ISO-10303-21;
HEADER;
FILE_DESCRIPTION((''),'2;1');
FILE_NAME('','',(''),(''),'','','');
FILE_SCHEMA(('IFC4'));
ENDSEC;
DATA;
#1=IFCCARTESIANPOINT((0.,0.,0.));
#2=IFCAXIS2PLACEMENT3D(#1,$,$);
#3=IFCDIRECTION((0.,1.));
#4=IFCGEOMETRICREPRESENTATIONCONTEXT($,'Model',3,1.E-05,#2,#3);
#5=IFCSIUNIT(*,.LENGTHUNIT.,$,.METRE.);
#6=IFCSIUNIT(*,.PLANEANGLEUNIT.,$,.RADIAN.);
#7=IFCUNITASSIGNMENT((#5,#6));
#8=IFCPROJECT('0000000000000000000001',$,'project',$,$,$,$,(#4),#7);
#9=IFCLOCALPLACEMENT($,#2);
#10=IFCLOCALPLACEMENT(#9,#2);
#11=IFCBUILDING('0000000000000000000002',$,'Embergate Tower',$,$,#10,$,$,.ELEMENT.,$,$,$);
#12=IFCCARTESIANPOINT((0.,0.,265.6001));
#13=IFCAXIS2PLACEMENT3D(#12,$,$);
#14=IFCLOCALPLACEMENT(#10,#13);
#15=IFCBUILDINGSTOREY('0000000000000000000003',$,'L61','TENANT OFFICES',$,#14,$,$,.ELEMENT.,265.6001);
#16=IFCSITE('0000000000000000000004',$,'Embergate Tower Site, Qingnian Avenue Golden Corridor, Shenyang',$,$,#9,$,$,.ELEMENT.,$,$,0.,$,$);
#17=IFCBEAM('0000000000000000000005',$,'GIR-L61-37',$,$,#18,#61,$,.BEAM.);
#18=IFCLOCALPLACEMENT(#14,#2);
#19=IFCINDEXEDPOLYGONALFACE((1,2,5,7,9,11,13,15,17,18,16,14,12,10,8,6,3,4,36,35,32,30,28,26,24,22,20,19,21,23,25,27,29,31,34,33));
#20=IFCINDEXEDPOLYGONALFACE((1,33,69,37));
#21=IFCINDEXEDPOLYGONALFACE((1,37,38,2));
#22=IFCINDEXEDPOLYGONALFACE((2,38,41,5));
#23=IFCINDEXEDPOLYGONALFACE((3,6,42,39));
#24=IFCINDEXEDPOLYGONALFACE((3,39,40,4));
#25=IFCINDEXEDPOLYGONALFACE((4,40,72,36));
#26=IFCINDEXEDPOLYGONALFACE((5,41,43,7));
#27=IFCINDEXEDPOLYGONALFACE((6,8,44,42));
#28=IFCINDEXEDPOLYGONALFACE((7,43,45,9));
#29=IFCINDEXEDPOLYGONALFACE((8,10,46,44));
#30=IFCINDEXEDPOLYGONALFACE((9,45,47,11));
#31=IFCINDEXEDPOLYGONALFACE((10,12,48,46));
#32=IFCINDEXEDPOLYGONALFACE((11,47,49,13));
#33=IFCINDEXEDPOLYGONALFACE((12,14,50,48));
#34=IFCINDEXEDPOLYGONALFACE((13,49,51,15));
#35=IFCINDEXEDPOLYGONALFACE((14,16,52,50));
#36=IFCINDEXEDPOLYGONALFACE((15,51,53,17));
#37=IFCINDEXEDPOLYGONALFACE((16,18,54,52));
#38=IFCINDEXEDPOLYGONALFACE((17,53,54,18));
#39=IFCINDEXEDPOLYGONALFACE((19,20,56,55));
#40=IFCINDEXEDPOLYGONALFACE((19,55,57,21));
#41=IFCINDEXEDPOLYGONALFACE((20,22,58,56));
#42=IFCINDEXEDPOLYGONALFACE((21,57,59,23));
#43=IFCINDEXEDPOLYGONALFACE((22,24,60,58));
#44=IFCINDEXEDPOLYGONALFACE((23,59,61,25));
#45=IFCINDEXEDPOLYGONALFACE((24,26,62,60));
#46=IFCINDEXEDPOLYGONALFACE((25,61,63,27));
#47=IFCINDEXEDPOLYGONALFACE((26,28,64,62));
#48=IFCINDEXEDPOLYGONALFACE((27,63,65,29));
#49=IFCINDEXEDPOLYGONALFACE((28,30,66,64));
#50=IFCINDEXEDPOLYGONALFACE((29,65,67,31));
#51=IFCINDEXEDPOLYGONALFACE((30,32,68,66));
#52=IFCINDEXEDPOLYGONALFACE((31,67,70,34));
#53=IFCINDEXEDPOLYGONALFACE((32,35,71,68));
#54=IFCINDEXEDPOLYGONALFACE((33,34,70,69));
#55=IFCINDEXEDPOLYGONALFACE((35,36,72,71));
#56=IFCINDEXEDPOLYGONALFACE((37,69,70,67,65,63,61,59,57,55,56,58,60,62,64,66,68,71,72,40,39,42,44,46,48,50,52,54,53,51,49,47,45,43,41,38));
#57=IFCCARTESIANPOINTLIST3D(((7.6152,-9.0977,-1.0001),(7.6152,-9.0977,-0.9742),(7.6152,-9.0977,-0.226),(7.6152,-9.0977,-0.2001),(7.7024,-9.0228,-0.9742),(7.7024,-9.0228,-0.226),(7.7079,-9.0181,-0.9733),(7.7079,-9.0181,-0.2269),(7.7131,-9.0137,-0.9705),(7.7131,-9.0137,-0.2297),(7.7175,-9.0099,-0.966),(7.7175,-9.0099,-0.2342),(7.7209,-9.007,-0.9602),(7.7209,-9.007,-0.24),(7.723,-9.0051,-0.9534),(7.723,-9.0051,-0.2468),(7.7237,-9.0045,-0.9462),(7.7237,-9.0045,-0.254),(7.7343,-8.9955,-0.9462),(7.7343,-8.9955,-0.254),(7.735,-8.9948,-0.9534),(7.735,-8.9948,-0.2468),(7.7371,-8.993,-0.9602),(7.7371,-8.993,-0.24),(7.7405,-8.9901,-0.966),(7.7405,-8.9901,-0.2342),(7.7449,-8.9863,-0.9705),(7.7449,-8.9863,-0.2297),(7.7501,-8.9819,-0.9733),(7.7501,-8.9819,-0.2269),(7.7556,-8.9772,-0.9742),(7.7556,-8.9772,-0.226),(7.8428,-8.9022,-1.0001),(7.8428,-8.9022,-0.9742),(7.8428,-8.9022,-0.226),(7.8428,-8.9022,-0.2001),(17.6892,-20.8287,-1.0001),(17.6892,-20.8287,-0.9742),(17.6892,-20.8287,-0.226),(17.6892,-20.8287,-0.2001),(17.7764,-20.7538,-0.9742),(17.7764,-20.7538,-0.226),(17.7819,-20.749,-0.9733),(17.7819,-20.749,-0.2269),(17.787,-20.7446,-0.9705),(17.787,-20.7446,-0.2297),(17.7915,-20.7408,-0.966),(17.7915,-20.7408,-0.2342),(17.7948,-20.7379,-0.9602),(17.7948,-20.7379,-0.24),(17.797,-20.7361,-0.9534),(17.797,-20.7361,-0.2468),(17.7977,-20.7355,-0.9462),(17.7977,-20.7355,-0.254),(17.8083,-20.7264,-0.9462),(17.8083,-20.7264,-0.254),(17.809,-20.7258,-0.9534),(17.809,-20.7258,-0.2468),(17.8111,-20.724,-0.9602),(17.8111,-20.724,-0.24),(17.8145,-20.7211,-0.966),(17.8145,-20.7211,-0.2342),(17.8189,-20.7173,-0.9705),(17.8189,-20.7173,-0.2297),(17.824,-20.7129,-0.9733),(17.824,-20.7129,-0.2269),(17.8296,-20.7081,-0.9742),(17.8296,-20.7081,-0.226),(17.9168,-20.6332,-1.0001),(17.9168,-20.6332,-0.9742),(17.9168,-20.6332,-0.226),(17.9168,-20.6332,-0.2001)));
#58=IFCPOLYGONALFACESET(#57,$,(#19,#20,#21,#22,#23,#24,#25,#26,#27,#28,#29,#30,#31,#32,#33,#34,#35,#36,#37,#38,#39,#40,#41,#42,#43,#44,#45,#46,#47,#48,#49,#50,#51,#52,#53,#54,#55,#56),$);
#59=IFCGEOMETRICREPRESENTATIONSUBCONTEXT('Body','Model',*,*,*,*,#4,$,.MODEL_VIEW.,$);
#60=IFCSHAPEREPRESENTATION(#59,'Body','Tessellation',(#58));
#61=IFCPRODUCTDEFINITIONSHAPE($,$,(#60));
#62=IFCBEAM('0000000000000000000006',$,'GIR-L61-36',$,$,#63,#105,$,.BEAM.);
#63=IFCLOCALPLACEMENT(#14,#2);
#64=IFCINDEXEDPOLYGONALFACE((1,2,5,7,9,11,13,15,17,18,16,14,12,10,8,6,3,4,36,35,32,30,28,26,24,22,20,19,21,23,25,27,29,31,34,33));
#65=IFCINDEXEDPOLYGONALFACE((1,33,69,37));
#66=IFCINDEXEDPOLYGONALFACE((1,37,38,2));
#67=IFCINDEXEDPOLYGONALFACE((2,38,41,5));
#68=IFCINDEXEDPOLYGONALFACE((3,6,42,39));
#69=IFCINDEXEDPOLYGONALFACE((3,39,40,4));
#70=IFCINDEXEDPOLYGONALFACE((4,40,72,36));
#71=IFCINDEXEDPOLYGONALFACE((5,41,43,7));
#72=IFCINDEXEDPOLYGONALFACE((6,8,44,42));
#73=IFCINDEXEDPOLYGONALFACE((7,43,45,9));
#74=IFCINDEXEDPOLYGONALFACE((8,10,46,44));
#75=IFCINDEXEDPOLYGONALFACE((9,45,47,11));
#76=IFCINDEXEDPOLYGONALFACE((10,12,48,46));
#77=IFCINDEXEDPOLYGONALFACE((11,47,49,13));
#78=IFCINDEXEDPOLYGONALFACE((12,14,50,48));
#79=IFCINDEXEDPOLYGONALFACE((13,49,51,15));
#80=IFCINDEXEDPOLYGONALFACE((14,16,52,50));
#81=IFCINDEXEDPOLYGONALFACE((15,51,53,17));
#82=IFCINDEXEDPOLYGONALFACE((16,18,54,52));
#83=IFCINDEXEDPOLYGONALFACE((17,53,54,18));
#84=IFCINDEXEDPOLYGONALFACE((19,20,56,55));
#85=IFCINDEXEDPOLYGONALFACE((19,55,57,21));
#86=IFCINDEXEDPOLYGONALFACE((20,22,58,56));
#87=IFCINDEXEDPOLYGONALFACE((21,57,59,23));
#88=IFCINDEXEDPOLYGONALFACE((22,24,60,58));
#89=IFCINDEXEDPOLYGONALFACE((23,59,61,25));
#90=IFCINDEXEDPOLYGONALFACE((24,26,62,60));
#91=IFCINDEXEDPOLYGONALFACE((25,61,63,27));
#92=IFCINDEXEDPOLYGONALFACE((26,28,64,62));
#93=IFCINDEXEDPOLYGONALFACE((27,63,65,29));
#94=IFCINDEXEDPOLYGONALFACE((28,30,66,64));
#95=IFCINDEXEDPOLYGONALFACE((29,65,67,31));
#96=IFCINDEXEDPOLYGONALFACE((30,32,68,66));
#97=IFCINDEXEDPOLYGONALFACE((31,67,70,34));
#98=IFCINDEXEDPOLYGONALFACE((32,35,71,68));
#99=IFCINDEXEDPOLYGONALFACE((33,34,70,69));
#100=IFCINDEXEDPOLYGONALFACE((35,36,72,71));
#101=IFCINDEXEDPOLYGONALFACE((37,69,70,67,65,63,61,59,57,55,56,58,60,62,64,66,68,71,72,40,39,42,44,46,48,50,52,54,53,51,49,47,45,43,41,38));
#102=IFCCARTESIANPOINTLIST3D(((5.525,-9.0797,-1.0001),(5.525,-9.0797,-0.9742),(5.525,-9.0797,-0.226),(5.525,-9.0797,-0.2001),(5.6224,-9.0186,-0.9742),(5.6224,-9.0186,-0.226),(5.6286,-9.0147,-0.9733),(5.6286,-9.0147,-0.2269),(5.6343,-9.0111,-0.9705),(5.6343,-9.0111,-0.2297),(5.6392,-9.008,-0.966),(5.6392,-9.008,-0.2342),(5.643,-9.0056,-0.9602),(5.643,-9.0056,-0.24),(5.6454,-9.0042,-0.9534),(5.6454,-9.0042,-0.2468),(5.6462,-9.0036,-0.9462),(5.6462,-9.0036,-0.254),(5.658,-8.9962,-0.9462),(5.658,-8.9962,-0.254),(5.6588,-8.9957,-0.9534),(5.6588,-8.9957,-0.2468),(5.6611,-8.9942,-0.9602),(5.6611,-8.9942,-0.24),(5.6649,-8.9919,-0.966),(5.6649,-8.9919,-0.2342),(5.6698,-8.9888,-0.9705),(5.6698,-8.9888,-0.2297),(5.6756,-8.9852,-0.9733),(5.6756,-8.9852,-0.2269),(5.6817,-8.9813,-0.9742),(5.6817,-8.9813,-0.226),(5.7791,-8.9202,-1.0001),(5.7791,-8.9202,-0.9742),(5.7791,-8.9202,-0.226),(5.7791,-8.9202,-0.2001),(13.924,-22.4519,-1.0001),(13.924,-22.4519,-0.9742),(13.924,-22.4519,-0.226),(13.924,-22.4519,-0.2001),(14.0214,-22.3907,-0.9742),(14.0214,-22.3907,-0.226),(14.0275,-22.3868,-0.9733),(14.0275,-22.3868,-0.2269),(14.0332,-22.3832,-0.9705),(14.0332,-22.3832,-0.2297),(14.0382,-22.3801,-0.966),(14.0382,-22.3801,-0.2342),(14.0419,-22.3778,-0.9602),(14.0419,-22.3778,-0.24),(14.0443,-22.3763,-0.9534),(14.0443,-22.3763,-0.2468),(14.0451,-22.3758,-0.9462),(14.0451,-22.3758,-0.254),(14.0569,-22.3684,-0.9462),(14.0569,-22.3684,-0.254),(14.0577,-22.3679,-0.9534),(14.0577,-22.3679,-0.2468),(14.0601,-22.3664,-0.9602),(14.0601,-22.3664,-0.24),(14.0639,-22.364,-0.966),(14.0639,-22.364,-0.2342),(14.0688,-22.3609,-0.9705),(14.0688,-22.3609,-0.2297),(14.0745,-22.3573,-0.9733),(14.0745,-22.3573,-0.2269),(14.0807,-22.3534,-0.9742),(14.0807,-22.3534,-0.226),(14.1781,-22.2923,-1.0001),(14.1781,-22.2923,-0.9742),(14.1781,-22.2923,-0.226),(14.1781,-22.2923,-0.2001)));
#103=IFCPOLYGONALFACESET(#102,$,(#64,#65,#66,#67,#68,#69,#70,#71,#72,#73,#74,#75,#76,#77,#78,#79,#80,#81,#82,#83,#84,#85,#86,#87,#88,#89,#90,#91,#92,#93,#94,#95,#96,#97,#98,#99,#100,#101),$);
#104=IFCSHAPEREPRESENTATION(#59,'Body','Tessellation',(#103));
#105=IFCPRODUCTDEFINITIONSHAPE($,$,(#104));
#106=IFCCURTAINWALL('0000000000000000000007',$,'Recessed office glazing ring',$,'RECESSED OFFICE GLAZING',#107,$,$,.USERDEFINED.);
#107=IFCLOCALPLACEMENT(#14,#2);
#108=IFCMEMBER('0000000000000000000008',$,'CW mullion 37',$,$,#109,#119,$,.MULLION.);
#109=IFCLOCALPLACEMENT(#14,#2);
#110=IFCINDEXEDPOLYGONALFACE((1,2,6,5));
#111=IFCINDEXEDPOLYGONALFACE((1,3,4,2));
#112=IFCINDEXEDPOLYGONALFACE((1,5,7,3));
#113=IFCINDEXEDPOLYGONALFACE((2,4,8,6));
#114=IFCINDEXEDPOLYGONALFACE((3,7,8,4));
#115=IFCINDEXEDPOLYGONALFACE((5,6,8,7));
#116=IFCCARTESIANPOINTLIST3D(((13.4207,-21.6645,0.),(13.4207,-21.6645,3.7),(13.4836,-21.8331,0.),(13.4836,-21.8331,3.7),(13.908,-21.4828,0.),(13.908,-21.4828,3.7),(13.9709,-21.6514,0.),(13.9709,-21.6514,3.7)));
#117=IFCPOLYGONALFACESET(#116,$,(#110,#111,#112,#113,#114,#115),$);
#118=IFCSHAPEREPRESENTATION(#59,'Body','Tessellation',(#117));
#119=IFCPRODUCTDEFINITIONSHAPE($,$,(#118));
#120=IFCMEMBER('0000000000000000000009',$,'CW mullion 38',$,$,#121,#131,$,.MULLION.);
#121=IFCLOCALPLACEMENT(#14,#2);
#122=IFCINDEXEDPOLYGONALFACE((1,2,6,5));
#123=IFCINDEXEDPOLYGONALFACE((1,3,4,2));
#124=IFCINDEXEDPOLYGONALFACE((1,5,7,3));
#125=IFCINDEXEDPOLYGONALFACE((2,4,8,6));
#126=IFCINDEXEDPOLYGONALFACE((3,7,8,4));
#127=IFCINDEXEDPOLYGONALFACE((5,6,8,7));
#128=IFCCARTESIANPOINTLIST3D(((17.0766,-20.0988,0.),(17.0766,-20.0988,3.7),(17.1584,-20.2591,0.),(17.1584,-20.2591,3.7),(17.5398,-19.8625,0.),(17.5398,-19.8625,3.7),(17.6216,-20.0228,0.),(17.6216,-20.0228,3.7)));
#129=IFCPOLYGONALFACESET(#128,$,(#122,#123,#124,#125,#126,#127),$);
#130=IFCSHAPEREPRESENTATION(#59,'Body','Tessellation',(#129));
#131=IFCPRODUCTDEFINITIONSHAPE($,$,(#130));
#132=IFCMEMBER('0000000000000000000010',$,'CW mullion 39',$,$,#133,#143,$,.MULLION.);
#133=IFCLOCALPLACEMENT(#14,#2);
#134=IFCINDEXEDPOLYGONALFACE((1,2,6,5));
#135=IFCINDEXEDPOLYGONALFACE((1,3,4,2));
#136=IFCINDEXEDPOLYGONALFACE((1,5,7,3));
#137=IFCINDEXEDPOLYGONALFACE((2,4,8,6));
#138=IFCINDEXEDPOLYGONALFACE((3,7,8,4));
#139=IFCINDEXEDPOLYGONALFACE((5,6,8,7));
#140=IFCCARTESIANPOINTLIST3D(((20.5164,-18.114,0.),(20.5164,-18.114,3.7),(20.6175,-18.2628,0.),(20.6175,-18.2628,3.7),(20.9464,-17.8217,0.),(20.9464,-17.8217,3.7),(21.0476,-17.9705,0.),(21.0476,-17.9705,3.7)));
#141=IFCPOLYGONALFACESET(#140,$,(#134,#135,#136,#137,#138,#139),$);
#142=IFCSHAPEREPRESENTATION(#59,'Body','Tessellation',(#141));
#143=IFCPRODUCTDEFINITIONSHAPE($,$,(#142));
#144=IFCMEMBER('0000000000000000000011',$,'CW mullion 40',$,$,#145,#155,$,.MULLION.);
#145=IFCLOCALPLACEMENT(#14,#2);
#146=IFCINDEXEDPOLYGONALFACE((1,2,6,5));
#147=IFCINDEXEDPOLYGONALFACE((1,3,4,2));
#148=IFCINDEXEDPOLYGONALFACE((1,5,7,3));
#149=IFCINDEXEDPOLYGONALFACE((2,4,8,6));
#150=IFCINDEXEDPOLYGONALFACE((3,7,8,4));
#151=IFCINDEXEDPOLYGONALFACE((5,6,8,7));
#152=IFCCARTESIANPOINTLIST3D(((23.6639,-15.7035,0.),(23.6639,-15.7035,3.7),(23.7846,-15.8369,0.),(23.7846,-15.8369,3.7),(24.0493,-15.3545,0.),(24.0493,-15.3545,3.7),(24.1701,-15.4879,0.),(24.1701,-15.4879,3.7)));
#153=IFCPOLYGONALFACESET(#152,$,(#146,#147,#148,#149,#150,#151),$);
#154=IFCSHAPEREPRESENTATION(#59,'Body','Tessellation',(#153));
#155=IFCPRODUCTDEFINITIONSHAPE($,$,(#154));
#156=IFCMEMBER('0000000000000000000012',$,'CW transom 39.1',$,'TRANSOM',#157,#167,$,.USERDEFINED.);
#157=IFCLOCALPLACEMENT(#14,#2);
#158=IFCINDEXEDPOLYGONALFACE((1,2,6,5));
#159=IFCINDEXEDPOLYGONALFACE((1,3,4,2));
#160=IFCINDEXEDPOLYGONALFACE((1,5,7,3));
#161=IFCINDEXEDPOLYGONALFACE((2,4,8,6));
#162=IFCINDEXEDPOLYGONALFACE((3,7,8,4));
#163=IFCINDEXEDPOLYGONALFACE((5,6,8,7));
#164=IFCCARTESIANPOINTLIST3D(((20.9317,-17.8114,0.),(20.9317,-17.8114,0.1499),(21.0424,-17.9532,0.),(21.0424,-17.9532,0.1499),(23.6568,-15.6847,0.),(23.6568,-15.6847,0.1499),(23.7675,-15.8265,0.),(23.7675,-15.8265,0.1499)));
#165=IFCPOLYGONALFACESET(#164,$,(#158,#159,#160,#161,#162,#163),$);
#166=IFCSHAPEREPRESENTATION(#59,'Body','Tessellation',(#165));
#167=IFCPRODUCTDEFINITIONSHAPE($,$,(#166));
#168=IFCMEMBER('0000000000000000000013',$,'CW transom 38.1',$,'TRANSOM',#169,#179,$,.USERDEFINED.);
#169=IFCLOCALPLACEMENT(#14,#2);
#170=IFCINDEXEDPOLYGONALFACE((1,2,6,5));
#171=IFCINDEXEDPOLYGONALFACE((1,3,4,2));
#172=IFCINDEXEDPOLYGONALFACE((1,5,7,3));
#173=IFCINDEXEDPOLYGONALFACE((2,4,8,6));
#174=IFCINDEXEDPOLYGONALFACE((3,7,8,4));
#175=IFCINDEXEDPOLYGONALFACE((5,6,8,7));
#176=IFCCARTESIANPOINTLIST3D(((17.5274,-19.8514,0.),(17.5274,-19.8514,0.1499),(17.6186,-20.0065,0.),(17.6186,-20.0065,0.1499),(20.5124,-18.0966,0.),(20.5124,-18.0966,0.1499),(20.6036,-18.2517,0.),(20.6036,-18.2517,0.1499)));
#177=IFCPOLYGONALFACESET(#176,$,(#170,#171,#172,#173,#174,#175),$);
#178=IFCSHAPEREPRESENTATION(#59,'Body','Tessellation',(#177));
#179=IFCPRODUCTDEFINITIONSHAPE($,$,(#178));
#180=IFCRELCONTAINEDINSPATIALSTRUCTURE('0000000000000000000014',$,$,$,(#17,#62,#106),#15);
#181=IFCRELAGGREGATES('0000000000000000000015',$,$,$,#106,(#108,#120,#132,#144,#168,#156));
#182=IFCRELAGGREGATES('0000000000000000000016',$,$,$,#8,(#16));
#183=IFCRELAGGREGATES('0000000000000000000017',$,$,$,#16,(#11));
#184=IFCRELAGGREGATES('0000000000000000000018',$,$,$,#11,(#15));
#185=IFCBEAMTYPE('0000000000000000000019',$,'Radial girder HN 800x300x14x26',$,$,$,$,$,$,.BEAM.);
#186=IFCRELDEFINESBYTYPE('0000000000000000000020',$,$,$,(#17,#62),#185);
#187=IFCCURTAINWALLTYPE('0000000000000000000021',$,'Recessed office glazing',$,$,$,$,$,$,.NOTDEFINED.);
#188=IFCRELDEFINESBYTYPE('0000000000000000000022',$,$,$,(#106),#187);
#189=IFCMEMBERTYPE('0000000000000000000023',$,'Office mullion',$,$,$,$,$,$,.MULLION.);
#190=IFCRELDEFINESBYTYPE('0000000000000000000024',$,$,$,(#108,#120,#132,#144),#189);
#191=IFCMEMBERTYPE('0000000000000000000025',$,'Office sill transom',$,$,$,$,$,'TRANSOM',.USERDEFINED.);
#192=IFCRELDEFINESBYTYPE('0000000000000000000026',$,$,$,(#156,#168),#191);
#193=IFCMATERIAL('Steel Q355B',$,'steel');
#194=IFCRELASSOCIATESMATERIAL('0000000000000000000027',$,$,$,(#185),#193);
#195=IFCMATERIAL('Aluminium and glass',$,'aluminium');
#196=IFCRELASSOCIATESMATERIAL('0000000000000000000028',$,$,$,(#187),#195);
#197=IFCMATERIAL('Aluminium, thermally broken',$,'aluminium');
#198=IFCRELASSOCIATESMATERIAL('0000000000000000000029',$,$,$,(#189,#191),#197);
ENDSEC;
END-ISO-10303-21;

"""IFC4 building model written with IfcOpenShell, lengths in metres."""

from ifc_helpers import new_model, si_unit, direction, frame, origin, origin_2d, place, context, subcontext, project, spatial, rectangle, i_section, extrude, source, transform, mapped, material, material_profile, profile_set, type_object, element, aggregate, save


model = new_model("IFC4")

# Units and contexts
model_context = context("Model", 3, precision=1e-05, world=origin(), true_north=direction((0.0, 1.0)))
body_context = subcontext(model_context, "Body", "Model", "MODEL_VIEW")
ifc_project = project(units=[si_unit("LENGTHUNIT", "METRE"), si_unit("PLANEANGLEUNIT", "RADIAN")], contexts=[model_context])

# Site, building, storey
site_placement = place(None, origin())
site = spatial("IfcSite", under=ifc_project, at=site_placement, Name="Embergate Tower Site, Qingnian Avenue Golden Corridor, Shenyang", CompositionType="ELEMENT", RefElevation=0.0)
building_placement = place(site_placement, origin())
building = spatial("IfcBuilding", under=site, at=building_placement, Name="Embergate Tower", CompositionType="ELEMENT")
storey_placement = place(building_placement, frame((0.0, 0.0, 265.6001)))
storey = spatial("IfcBuildingStorey", under=building, at=storey_placement, Name="L61", Description="TENANT OFFICES", CompositionType="ELEMENT", Elevation=265.6001)

# Beams
ifc_material_1 = material(Name="Steel Q355B", Category="steel")
ifc_material_profile_1 = material_profile(ifc_material_1, i_section(OverallWidth=0.3, OverallDepth=0.8, WebThickness=0.0139, FlangeThickness=0.0259, FilletRadius=0.0281, at=origin_2d()), Name="HN 800x300x14x26")
ifc_profile_set_1 = profile_set([ifc_material_profile_1], Name="Steel Q355 grade B")
beam_type_1 = type_object("IfcBeamType", Name="Radial girder HN 800x300x14x26", PredefinedType="BEAM", material=ifc_profile_set_1)
shared_shape_1 = source(origin(), body_context, "Body", "SweptSolid", [
    extrude(i_section(OverallWidth=0.3, OverallDepth=0.8, WebThickness=0.0139, FlangeThickness=0.0259, FilletRadius=0.0281, at=origin_2d()), origin(), (0.0, 0.0, 1.0), 15.4629),
])
beam_1_placement = place(storey_placement, frame((17.803, -20.731, -0.6001), z_axis=(-0.651495, 0.758653, 0.0), x_axis=(-0.758653, -0.651495, 0.0)))
element("IfcBeam", 1, at=beam_1_placement, inside=storey, type_object=beam_type_1, Name="GIR-L61-37", PredefinedType="BEAM", context=body_context, shape_type="MappedRepresentation", body=[
    mapped(shared_shape_1, transform((0.0, 0.0, 0.0))),
])
shared_shape_2 = source(origin(), body_context, "Body", "SweptSolid", [
    extrude(i_section(OverallWidth=0.3, OverallDepth=0.8, WebThickness=0.0139, FlangeThickness=0.0259, FilletRadius=0.0281, at=origin_2d()), origin(), (0.0, 0.0, 1.0), 15.791),
])
beam_2_placement = place(storey_placement, frame((14.051, -22.3721, -0.6001), z_axis=(-0.531882, 0.846818, 0.0), x_axis=(-0.846818, -0.531882, 0.0)))
element("IfcBeam", 2, at=beam_2_placement, inside=storey, type_object=beam_type_1, Name="GIR-L61-36", PredefinedType="BEAM", context=body_context, shape_type="MappedRepresentation", body=[
    mapped(shared_shape_2, transform((0.0, 0.0, 0.0))),
])

# Curtain wall, members
ifc_material_2 = material(Name="Aluminium and glass", Category="aluminium")
curtain_wall_type = type_object("IfcCurtainWallType", Name="Recessed office glazing", PredefinedType="NOTDEFINED", material=ifc_material_2)
curtain_wall_placement = place(storey_placement, origin())
curtain_wall = element("IfcCurtainWall", 3, at=curtain_wall_placement, inside=storey, type_object=curtain_wall_type, Name="Recessed office glazing ring", ObjectType="RECESSED OFFICE GLAZING", PredefinedType="USERDEFINED")
ifc_material_3 = material(Name="Aluminium, thermally broken", Category="aluminium")
ifc_material_profile_2 = material_profile(ifc_material_3, rectangle(XDim=0.1799, YDim=0.52, at=origin_2d()), Name="AL 520x180")
ifc_profile_set_2 = profile_set([ifc_material_profile_2], Name="Aluminium, thermally broken")
member_type_1 = type_object("IfcMemberType", Name="Office mullion", PredefinedType="MULLION", material=ifc_profile_set_2)
shared_shape_3 = source(origin(), body_context, "Body", "SweptSolid", [
    extrude(rectangle(XDim=0.1799, YDim=0.52, at=origin_2d()), origin(), (0.0, 0.0, 1.0), 3.7),
])
member_1_placement = place(storey_placement, frame((13.6958, -21.658, 0.0), z_axis=(0.0, 0.0, 1.0), x_axis=(-0.349496, 0.936938, 0.0)))
member_1 = element("IfcMember", 4, at=member_1_placement, type_object=member_type_1, Name="CW mullion 37", PredefinedType="MULLION", context=body_context, shape_type="MappedRepresentation", body=[
    mapped(shared_shape_3, transform((0.0, 0.0, 0.0))),
])
member_2_placement = place(storey_placement, frame((17.3491, -20.0608, 0.0), z_axis=(0.0, 0.0, 1.0), x_axis=(-0.454504, 0.890745, 0.0)))
member_2 = element("IfcMember", 5, at=member_2_placement, type_object=member_type_1, Name="CW mullion 38", PredefinedType="MULLION", context=body_context, shape_type="MappedRepresentation", body=[
    mapped(shared_shape_3, transform((0.0, 0.0, 0.0))),
])
member_3_placement = place(storey_placement, frame((20.782, -18.0422, 0.0), z_axis=(0.0, 0.0, 1.0), x_axis=(-0.562208, 0.826996, 0.0)))
member_3 = element("IfcMember", 6, at=member_3_placement, type_object=member_type_1, Name="CW mullion 39", PredefinedType="MULLION", context=body_context, shape_type="MappedRepresentation", body=[
    mapped(shared_shape_3, transform((0.0, 0.0, 0.0))),
])
member_4_placement = place(storey_placement, frame((23.917, -15.5957, 0.0), z_axis=(0.0, 0.0, 1.0), x_axis=(-0.671216, 0.741262, 0.0)))
member_4 = element("IfcMember", 7, at=member_4_placement, type_object=member_type_1, Name="CW mullion 40", PredefinedType="MULLION", context=body_context, shape_type="MappedRepresentation", body=[
    mapped(shared_shape_3, transform((0.0, 0.0, 0.0))),
])
ifc_material_profile_3 = material_profile(ifc_material_3, rectangle(XDim=0.1799, YDim=0.1499, at=origin_2d()), Name="AL 150x180")
ifc_profile_set_3 = profile_set([ifc_material_profile_3], Name="Aluminium, thermally broken")
member_type_2 = type_object("IfcMemberType", Name="Office sill transom", ElementType="TRANSOM", PredefinedType="USERDEFINED", material=ifc_profile_set_3)
shared_shape_4 = source(origin(), body_context, "Body", "SweptSolid", [
    extrude(rectangle(XDim=0.1799, YDim=0.1499, at=origin_2d()), origin(), (0.0, 0.0, 1.0), 3.4568),
])
member_5_placement = place(storey_placement, frame((20.9871, -17.8823, 0.075), z_axis=(0.788343, 0.615236, 0.0), x_axis=(-0.615236, 0.788343, 0.0)))
member_5 = element("IfcMember", 8, at=member_5_placement, type_object=member_type_2, Name="CW transom 39.1", ObjectType="TRANSOM", PredefinedType="USERDEFINED", context=body_context, shape_type="MappedRepresentation", body=[
    mapped(shared_shape_4, transform((0.0, 0.0, 0.0))),
])
shared_shape_5 = source(origin(), body_context, "Body", "SweptSolid", [
    extrude(rectangle(XDim=0.1799, YDim=0.1499, at=origin_2d()), origin(), (0.0, 0.0, 1.0), 3.4626),
])
member_6_placement = place(storey_placement, frame((17.573, -19.929, 0.075), z_axis=(0.862068, 0.506792, 0.0), x_axis=(-0.506792, 0.862068, 0.0)))
member_6 = element("IfcMember", 9, at=member_6_placement, type_object=member_type_2, Name="CW transom 38.1", ObjectType="TRANSOM", PredefinedType="USERDEFINED", context=body_context, shape_type="MappedRepresentation", body=[
    mapped(shared_shape_5, transform((0.0, 0.0, 0.0))),
])
aggregate(curtain_wall, [member_1, member_2, member_3, member_4, member_6, member_5])

save(model, "model.ifc")
